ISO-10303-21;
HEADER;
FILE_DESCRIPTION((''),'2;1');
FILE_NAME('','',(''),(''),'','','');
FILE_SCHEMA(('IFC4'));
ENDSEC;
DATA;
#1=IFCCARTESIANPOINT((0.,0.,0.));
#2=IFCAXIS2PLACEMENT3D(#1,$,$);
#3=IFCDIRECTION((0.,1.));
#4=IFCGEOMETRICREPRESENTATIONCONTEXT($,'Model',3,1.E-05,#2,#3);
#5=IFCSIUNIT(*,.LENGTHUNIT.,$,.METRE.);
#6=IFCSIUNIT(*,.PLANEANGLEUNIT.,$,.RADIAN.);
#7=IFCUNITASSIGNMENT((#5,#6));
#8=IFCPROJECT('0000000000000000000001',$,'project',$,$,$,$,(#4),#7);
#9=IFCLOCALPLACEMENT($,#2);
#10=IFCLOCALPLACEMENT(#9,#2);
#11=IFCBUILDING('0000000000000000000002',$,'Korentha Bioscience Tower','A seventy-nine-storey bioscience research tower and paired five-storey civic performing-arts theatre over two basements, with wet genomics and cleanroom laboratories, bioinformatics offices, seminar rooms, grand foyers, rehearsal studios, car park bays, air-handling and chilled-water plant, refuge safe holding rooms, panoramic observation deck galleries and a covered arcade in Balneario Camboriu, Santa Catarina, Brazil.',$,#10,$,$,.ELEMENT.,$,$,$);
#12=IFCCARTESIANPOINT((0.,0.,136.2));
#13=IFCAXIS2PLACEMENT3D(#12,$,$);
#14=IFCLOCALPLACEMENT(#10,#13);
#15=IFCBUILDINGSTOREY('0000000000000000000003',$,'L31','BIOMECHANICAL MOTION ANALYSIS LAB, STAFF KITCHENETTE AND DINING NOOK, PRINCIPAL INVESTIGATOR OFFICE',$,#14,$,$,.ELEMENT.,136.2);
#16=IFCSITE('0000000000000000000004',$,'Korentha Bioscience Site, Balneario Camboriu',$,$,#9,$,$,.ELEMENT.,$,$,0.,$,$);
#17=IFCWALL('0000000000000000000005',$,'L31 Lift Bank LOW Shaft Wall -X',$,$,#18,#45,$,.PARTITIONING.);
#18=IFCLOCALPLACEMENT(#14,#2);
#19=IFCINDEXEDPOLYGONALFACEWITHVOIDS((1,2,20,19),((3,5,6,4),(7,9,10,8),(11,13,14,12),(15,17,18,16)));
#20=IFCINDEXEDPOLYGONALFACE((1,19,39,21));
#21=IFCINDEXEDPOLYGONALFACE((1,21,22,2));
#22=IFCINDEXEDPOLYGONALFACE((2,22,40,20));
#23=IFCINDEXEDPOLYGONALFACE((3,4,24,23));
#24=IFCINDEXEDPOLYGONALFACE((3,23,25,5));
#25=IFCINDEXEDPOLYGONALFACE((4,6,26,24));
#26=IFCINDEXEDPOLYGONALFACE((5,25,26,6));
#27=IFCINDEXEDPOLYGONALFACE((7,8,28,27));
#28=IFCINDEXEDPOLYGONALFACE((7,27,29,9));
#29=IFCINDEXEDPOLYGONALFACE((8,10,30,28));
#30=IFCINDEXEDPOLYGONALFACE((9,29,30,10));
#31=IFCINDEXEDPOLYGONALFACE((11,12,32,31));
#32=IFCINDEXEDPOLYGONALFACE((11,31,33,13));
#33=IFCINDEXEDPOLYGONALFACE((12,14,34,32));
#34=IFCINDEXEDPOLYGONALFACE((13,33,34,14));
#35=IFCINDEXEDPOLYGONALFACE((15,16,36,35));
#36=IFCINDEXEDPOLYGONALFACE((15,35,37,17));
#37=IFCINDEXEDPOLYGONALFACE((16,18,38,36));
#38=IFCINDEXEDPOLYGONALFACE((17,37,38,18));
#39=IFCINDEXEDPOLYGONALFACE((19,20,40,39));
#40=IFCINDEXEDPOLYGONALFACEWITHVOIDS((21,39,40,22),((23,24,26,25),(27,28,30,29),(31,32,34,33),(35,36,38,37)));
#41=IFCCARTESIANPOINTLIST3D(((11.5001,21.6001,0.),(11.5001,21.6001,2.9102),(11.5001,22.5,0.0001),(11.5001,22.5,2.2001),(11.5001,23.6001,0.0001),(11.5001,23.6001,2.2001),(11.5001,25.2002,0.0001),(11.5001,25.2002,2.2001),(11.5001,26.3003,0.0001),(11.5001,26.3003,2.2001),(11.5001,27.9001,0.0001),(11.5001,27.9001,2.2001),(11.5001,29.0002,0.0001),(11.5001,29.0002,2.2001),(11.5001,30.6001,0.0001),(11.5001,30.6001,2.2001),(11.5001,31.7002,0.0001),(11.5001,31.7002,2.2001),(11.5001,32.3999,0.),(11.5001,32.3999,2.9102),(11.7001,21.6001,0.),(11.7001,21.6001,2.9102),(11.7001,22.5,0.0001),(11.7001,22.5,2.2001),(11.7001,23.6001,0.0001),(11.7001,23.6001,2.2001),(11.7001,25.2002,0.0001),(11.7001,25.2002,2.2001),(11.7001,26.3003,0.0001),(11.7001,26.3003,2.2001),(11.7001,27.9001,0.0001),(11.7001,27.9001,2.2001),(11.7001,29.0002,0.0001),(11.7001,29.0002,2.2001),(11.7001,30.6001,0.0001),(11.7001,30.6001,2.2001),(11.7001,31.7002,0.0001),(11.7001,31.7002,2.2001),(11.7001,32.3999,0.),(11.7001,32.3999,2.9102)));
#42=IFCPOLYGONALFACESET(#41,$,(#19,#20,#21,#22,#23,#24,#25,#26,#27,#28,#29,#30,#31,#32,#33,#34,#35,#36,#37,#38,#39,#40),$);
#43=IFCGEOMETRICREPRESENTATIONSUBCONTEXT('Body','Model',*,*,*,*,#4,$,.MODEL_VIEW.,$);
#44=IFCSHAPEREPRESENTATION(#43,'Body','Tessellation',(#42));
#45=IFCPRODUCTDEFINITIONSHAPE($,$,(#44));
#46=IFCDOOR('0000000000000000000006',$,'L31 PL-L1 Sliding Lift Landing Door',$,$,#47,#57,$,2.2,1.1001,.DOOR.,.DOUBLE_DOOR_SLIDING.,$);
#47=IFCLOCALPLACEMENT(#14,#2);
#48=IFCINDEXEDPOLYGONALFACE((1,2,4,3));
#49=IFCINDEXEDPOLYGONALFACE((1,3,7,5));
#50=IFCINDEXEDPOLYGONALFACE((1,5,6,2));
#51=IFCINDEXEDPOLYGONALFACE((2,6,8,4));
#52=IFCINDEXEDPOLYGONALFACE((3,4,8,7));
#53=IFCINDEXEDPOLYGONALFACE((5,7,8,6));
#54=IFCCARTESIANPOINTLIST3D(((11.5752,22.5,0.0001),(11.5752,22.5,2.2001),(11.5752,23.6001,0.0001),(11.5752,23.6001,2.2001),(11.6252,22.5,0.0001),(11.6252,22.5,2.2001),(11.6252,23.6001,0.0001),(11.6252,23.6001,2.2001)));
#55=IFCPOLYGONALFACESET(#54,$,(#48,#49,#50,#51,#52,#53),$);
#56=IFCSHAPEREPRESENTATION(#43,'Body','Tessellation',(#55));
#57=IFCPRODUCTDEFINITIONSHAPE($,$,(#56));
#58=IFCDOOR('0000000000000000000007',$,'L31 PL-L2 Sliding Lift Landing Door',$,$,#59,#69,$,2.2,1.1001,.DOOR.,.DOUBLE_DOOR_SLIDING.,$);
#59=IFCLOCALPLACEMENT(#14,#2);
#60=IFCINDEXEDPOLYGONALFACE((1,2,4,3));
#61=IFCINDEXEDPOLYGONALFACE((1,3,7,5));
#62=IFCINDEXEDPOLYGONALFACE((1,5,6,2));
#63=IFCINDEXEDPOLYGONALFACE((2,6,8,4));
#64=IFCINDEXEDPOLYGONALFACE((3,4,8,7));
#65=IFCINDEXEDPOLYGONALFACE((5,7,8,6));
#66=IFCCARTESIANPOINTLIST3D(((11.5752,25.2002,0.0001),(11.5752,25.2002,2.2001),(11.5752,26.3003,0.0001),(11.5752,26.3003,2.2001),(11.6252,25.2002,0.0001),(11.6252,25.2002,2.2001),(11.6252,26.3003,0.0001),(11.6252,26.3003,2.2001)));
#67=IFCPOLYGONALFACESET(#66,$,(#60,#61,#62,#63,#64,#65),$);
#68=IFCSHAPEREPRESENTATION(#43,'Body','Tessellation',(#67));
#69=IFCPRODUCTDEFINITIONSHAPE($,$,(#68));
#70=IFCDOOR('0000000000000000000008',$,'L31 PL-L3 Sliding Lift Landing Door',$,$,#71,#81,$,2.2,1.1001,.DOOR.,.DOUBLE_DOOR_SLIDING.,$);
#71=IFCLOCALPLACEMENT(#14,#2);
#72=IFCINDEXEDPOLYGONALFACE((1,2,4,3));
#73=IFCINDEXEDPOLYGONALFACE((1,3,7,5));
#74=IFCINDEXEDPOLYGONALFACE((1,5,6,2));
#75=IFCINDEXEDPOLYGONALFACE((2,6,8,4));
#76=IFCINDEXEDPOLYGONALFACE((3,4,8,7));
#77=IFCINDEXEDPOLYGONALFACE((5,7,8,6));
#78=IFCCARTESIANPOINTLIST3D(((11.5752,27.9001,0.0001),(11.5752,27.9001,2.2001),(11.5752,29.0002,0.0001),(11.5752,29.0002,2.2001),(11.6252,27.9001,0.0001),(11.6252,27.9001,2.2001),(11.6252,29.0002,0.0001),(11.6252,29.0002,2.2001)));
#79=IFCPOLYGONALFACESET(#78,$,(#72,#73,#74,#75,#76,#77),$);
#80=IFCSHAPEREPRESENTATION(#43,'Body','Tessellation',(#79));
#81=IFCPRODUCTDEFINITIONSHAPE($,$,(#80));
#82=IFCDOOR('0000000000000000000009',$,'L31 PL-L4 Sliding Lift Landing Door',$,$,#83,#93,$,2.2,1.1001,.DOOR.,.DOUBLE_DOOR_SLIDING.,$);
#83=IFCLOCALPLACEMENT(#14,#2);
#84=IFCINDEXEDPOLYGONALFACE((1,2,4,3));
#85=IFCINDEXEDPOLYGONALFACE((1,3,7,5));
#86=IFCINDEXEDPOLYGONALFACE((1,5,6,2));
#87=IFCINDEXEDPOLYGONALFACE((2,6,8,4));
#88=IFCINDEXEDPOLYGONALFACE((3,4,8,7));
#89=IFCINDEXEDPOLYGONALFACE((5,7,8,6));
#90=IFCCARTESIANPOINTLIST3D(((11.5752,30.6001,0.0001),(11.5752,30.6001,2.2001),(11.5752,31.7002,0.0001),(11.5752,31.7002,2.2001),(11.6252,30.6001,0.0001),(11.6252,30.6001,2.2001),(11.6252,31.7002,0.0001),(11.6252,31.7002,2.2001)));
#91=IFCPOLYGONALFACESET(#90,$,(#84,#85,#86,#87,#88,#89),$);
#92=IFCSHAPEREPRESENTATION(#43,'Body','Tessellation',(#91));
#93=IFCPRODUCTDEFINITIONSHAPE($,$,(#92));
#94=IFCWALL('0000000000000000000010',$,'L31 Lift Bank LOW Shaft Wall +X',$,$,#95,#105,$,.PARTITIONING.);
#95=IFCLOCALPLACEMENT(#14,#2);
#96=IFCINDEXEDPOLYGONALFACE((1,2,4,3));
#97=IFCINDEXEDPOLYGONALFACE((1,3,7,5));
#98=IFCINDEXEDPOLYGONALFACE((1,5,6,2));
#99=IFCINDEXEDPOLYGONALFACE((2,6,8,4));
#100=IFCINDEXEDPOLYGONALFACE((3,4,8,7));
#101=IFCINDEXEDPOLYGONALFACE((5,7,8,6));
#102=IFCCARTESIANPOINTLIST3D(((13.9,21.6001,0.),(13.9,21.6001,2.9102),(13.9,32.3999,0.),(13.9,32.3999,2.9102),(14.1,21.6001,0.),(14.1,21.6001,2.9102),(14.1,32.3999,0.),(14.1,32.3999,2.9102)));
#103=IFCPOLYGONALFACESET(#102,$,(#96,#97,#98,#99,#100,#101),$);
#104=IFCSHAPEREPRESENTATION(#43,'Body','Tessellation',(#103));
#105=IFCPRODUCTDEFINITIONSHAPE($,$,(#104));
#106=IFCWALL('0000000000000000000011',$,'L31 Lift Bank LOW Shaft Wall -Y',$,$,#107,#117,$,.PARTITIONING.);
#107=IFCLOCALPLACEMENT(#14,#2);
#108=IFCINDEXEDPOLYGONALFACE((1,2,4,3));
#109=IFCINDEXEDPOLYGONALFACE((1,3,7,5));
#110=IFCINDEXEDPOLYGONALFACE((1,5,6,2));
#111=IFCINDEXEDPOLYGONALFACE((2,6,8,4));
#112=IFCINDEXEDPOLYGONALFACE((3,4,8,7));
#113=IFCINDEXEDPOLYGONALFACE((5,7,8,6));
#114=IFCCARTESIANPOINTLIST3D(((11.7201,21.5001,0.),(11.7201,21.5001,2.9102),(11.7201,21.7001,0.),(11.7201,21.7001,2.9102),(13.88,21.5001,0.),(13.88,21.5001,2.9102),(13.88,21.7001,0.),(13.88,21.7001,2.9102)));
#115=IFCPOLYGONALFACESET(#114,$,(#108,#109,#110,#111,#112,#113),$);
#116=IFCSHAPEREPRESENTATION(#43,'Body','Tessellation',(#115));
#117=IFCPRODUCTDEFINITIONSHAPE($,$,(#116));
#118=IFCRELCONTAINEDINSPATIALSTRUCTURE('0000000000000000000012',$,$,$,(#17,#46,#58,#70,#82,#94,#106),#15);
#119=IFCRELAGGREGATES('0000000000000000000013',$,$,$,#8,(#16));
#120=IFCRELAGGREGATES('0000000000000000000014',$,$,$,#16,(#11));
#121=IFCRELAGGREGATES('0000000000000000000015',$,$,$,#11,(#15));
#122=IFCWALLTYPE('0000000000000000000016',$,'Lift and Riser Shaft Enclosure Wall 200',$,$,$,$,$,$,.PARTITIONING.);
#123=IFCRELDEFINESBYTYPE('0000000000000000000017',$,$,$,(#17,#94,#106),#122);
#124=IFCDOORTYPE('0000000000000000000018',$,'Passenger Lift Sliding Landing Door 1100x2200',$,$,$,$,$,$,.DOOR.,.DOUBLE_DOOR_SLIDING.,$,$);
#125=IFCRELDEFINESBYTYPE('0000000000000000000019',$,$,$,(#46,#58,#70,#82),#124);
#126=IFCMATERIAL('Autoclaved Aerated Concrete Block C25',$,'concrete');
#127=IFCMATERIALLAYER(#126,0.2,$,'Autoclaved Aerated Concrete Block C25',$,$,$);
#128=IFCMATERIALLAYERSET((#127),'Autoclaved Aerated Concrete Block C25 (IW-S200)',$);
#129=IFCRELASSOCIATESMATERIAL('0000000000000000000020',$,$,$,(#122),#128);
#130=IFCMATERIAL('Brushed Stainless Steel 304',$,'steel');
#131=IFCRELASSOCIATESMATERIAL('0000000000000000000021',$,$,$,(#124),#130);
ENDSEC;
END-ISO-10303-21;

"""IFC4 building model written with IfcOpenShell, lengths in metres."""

from ifc_helpers import new_model, si_unit, direction, frame, frame_2d, origin, place, context, subcontext, project, spatial, rectangle, extrude, material, layer, layer_set, type_object, element, fill, save


model = new_model("IFC4")

# Units and contexts
model_context = context("Model", 3, precision=1e-05, world=origin(), true_north=direction((0.0, 1.0)))
body_context = subcontext(model_context, "Body", "Model", "MODEL_VIEW")
ifc_project = project(units=[si_unit("LENGTHUNIT", "METRE"), si_unit("PLANEANGLEUNIT", "RADIAN")], contexts=[model_context])

# Site, building, storey
site_placement = place(None, origin())
site = spatial("IfcSite", under=ifc_project, at=site_placement, Name="Korentha Bioscience Site, Balneario Camboriu", CompositionType="ELEMENT", RefElevation=0.0)
building_placement = place(site_placement, origin())
building = spatial("IfcBuilding", under=site, at=building_placement, Name="Korentha Bioscience Tower", Description="A seventy-nine-storey bioscience research tower and paired five-storey civic performing-arts theatre over two basements, with wet genomics and cleanroom laboratories, bioinformatics offices, seminar rooms, grand foyers, rehearsal studios, car park bays, air-handling and chilled-water plant, refuge safe holding rooms, panoramic observation deck galleries and a covered arcade in Balneario Camboriu, Santa Catarina, Brazil.", CompositionType="ELEMENT")
storey_placement = place(building_placement, frame((0.0, 0.0, 136.2)))
storey = spatial("IfcBuildingStorey", under=building, at=storey_placement, Name="L31", Description="BIOMECHANICAL MOTION ANALYSIS LAB, STAFF KITCHENETTE AND DINING NOOK, PRINCIPAL INVESTIGATOR OFFICE", CompositionType="ELEMENT", Elevation=136.2)

# Wall, openings, doors
ifc_material_1 = material(Name="Autoclaved Aerated Concrete Block C25", Category="concrete")
ifc_layer_1 = layer(ifc_material_1, 0.2, Name="Autoclaved Aerated Concrete Block C25")
ifc_layer_set_1 = layer_set([ifc_layer_1], Name="Autoclaved Aerated Concrete Block C25 (IW-S200)")
wall_type_1 = type_object("IfcWallType", Name="Lift and Riser Shaft Enclosure Wall 200", PredefinedType="PARTITIONING", material=ifc_layer_set_1)
wall_1_placement = place(storey_placement, frame((11.6001, 21.6001, 0.0), z_axis=(0.0, 0.0, 1.0), x_axis=(0.0, 1.0, 0.0)))
wall_1 = element("IfcWall", 1, at=wall_1_placement, inside=storey, type_object=wall_type_1, Name="L31 Lift Bank LOW Shaft Wall -X", PredefinedType="PARTITIONING", context=body_context, shape_type="SweptSolid", body=[
    extrude(rectangle(XDim=10.7998, YDim=0.2, at=frame_2d((5.3999, 0.0))), origin(), (0.0, 0.0, 1.0), 2.9102),
])
opening_1_placement = place(wall_1_placement, frame((0.8999, 0.0, 0.0)))
opening_1 = element("IfcOpeningElement", 2, at=opening_1_placement, cuts=wall_1, PredefinedType="OPENING", context=body_context, shape_type="SweptSolid", body=[
    extrude(rectangle(XDim=1.1001, YDim=2.2, at=frame_2d((0.55, 1.1001))), frame((0.0, 0.1147, 0.0), z_axis=(0.0, -1.0, 0.0), x_axis=(1.0, 0.0, 0.0)), (0.0, 0.0, 1.0), 0.2297),
])
opening_2_placement = place(wall_1_placement, frame((3.6001, 0.0, 0.0)))
opening_2 = element("IfcOpeningElement", 3, at=opening_2_placement, cuts=wall_1, PredefinedType="OPENING", context=body_context, shape_type="SweptSolid", body=[
    extrude(rectangle(XDim=1.1001, YDim=2.2, at=frame_2d((0.55, 1.1001))), frame((0.0, 0.1147, 0.0), z_axis=(0.0, -1.0, 0.0), x_axis=(1.0, 0.0, 0.0)), (0.0, 0.0, 1.0), 0.2297),
])
opening_3_placement = place(wall_1_placement, frame((6.3, 0.0, 0.0)))
opening_3 = element("IfcOpeningElement", 4, at=opening_3_placement, cuts=wall_1, PredefinedType="OPENING", context=body_context, shape_type="SweptSolid", body=[
    extrude(rectangle(XDim=1.1001, YDim=2.2, at=frame_2d((0.55, 1.1001))), frame((0.0, 0.1147, 0.0), z_axis=(0.0, -1.0, 0.0), x_axis=(1.0, 0.0, 0.0)), (0.0, 0.0, 1.0), 0.2297),
])
opening_4_placement = place(wall_1_placement, frame((9.0, 0.0, 0.0)))
opening_4 = element("IfcOpeningElement", 5, at=opening_4_placement, cuts=wall_1, PredefinedType="OPENING", context=body_context, shape_type="SweptSolid", body=[
    extrude(rectangle(XDim=1.1001, YDim=2.2, at=frame_2d((0.55, 1.1001))), frame((0.0, 0.1147, 0.0), z_axis=(0.0, -1.0, 0.0), x_axis=(1.0, 0.0, 0.0)), (0.0, 0.0, 1.0), 0.2297),
])
ifc_material_2 = material(Name="Brushed Stainless Steel 304", Category="steel")
door_type = type_object("IfcDoorType", Name="Passenger Lift Sliding Landing Door 1100x2200", OperationType="DOUBLE_DOOR_SLIDING", PredefinedType="DOOR", material=ifc_material_2)
door_1_placement = place(opening_1_placement, origin())
door_1 = element("IfcDoor", 6, at=door_1_placement, inside=storey, type_object=door_type, Name="L31 PL-L1 Sliding Lift Landing Door", OperationType="DOUBLE_DOOR_SLIDING", OverallHeight=2.2, OverallWidth=1.1001, PredefinedType="DOOR", context=body_context, shape_type="SweptSolid", body=[
    extrude(rectangle(XDim=1.1001, YDim=2.2, at=frame_2d((0.55, 1.1001))), frame((0.0, 0.0249, 0.0), z_axis=(0.0, -1.0, 0.0), x_axis=(1.0, 0.0, 0.0)), (0.0, 0.0, 1.0), 0.05),
])
fill(opening_1, door_1)
door_2_placement = place(opening_2_placement, origin())
door_2 = element("IfcDoor", 7, at=door_2_placement, inside=storey, type_object=door_type, Name="L31 PL-L2 Sliding Lift Landing Door", OperationType="DOUBLE_DOOR_SLIDING", OverallHeight=2.2, OverallWidth=1.1001, PredefinedType="DOOR", context=body_context, shape_type="SweptSolid", body=[
    extrude(rectangle(XDim=1.1001, YDim=2.2, at=frame_2d((0.55, 1.1001))), frame((0.0, 0.0249, 0.0), z_axis=(0.0, -1.0, 0.0), x_axis=(1.0, 0.0, 0.0)), (0.0, 0.0, 1.0), 0.05),
])
fill(opening_2, door_2)
door_3_placement = place(opening_3_placement, origin())
door_3 = element("IfcDoor", 8, at=door_3_placement, inside=storey, type_object=door_type, Name="L31 PL-L3 Sliding Lift Landing Door", OperationType="DOUBLE_DOOR_SLIDING", OverallHeight=2.2, OverallWidth=1.1001, PredefinedType="DOOR", context=body_context, shape_type="SweptSolid", body=[
    extrude(rectangle(XDim=1.1001, YDim=2.2, at=frame_2d((0.55, 1.1001))), frame((0.0, 0.0249, 0.0), z_axis=(0.0, -1.0, 0.0), x_axis=(1.0, 0.0, 0.0)), (0.0, 0.0, 1.0), 0.05),
])
fill(opening_3, door_3)
door_4_placement = place(opening_4_placement, origin())
door_4 = element("IfcDoor", 9, at=door_4_placement, inside=storey, type_object=door_type, Name="L31 PL-L4 Sliding Lift Landing Door", OperationType="DOUBLE_DOOR_SLIDING", OverallHeight=2.2, OverallWidth=1.1001, PredefinedType="DOOR", context=body_context, shape_type="SweptSolid", body=[
    extrude(rectangle(XDim=1.1001, YDim=2.2, at=frame_2d((0.55, 1.1001))), frame((0.0, 0.0249, 0.0), z_axis=(0.0, -1.0, 0.0), x_axis=(1.0, 0.0, 0.0)), (0.0, 0.0, 1.0), 0.05),
])
fill(opening_4, door_4)

# Walls
wall_2_placement = place(storey_placement, frame((14.0, 21.6001, 0.0), z_axis=(0.0, 0.0, 1.0), x_axis=(0.0, 1.0, 0.0)))
element("IfcWall", 10, at=wall_2_placement, inside=storey, type_object=wall_type_1, Name="L31 Lift Bank LOW Shaft Wall +X", PredefinedType="PARTITIONING", context=body_context, shape_type="SweptSolid", body=[
    extrude(rectangle(XDim=10.7998, YDim=0.2, at=frame_2d((5.3999, 0.0))), origin(), (0.0, 0.0, 1.0), 2.9102),
])
wall_3_placement = place(storey_placement, frame((11.72, 21.6001, 0.0), z_axis=(0.0, 0.0, 1.0), x_axis=(1.0, 0.0, 0.0)))
element("IfcWall", 11, at=wall_3_placement, inside=storey, type_object=wall_type_1, Name="L31 Lift Bank LOW Shaft Wall -Y", PredefinedType="PARTITIONING", context=body_context, shape_type="SweptSolid", body=[
    extrude(rectangle(XDim=2.1599, YDim=0.2, at=frame_2d((1.0801, 0.0))), origin(), (0.0, 0.0, 1.0), 2.9102),
])

save(model, "model.ifc")
